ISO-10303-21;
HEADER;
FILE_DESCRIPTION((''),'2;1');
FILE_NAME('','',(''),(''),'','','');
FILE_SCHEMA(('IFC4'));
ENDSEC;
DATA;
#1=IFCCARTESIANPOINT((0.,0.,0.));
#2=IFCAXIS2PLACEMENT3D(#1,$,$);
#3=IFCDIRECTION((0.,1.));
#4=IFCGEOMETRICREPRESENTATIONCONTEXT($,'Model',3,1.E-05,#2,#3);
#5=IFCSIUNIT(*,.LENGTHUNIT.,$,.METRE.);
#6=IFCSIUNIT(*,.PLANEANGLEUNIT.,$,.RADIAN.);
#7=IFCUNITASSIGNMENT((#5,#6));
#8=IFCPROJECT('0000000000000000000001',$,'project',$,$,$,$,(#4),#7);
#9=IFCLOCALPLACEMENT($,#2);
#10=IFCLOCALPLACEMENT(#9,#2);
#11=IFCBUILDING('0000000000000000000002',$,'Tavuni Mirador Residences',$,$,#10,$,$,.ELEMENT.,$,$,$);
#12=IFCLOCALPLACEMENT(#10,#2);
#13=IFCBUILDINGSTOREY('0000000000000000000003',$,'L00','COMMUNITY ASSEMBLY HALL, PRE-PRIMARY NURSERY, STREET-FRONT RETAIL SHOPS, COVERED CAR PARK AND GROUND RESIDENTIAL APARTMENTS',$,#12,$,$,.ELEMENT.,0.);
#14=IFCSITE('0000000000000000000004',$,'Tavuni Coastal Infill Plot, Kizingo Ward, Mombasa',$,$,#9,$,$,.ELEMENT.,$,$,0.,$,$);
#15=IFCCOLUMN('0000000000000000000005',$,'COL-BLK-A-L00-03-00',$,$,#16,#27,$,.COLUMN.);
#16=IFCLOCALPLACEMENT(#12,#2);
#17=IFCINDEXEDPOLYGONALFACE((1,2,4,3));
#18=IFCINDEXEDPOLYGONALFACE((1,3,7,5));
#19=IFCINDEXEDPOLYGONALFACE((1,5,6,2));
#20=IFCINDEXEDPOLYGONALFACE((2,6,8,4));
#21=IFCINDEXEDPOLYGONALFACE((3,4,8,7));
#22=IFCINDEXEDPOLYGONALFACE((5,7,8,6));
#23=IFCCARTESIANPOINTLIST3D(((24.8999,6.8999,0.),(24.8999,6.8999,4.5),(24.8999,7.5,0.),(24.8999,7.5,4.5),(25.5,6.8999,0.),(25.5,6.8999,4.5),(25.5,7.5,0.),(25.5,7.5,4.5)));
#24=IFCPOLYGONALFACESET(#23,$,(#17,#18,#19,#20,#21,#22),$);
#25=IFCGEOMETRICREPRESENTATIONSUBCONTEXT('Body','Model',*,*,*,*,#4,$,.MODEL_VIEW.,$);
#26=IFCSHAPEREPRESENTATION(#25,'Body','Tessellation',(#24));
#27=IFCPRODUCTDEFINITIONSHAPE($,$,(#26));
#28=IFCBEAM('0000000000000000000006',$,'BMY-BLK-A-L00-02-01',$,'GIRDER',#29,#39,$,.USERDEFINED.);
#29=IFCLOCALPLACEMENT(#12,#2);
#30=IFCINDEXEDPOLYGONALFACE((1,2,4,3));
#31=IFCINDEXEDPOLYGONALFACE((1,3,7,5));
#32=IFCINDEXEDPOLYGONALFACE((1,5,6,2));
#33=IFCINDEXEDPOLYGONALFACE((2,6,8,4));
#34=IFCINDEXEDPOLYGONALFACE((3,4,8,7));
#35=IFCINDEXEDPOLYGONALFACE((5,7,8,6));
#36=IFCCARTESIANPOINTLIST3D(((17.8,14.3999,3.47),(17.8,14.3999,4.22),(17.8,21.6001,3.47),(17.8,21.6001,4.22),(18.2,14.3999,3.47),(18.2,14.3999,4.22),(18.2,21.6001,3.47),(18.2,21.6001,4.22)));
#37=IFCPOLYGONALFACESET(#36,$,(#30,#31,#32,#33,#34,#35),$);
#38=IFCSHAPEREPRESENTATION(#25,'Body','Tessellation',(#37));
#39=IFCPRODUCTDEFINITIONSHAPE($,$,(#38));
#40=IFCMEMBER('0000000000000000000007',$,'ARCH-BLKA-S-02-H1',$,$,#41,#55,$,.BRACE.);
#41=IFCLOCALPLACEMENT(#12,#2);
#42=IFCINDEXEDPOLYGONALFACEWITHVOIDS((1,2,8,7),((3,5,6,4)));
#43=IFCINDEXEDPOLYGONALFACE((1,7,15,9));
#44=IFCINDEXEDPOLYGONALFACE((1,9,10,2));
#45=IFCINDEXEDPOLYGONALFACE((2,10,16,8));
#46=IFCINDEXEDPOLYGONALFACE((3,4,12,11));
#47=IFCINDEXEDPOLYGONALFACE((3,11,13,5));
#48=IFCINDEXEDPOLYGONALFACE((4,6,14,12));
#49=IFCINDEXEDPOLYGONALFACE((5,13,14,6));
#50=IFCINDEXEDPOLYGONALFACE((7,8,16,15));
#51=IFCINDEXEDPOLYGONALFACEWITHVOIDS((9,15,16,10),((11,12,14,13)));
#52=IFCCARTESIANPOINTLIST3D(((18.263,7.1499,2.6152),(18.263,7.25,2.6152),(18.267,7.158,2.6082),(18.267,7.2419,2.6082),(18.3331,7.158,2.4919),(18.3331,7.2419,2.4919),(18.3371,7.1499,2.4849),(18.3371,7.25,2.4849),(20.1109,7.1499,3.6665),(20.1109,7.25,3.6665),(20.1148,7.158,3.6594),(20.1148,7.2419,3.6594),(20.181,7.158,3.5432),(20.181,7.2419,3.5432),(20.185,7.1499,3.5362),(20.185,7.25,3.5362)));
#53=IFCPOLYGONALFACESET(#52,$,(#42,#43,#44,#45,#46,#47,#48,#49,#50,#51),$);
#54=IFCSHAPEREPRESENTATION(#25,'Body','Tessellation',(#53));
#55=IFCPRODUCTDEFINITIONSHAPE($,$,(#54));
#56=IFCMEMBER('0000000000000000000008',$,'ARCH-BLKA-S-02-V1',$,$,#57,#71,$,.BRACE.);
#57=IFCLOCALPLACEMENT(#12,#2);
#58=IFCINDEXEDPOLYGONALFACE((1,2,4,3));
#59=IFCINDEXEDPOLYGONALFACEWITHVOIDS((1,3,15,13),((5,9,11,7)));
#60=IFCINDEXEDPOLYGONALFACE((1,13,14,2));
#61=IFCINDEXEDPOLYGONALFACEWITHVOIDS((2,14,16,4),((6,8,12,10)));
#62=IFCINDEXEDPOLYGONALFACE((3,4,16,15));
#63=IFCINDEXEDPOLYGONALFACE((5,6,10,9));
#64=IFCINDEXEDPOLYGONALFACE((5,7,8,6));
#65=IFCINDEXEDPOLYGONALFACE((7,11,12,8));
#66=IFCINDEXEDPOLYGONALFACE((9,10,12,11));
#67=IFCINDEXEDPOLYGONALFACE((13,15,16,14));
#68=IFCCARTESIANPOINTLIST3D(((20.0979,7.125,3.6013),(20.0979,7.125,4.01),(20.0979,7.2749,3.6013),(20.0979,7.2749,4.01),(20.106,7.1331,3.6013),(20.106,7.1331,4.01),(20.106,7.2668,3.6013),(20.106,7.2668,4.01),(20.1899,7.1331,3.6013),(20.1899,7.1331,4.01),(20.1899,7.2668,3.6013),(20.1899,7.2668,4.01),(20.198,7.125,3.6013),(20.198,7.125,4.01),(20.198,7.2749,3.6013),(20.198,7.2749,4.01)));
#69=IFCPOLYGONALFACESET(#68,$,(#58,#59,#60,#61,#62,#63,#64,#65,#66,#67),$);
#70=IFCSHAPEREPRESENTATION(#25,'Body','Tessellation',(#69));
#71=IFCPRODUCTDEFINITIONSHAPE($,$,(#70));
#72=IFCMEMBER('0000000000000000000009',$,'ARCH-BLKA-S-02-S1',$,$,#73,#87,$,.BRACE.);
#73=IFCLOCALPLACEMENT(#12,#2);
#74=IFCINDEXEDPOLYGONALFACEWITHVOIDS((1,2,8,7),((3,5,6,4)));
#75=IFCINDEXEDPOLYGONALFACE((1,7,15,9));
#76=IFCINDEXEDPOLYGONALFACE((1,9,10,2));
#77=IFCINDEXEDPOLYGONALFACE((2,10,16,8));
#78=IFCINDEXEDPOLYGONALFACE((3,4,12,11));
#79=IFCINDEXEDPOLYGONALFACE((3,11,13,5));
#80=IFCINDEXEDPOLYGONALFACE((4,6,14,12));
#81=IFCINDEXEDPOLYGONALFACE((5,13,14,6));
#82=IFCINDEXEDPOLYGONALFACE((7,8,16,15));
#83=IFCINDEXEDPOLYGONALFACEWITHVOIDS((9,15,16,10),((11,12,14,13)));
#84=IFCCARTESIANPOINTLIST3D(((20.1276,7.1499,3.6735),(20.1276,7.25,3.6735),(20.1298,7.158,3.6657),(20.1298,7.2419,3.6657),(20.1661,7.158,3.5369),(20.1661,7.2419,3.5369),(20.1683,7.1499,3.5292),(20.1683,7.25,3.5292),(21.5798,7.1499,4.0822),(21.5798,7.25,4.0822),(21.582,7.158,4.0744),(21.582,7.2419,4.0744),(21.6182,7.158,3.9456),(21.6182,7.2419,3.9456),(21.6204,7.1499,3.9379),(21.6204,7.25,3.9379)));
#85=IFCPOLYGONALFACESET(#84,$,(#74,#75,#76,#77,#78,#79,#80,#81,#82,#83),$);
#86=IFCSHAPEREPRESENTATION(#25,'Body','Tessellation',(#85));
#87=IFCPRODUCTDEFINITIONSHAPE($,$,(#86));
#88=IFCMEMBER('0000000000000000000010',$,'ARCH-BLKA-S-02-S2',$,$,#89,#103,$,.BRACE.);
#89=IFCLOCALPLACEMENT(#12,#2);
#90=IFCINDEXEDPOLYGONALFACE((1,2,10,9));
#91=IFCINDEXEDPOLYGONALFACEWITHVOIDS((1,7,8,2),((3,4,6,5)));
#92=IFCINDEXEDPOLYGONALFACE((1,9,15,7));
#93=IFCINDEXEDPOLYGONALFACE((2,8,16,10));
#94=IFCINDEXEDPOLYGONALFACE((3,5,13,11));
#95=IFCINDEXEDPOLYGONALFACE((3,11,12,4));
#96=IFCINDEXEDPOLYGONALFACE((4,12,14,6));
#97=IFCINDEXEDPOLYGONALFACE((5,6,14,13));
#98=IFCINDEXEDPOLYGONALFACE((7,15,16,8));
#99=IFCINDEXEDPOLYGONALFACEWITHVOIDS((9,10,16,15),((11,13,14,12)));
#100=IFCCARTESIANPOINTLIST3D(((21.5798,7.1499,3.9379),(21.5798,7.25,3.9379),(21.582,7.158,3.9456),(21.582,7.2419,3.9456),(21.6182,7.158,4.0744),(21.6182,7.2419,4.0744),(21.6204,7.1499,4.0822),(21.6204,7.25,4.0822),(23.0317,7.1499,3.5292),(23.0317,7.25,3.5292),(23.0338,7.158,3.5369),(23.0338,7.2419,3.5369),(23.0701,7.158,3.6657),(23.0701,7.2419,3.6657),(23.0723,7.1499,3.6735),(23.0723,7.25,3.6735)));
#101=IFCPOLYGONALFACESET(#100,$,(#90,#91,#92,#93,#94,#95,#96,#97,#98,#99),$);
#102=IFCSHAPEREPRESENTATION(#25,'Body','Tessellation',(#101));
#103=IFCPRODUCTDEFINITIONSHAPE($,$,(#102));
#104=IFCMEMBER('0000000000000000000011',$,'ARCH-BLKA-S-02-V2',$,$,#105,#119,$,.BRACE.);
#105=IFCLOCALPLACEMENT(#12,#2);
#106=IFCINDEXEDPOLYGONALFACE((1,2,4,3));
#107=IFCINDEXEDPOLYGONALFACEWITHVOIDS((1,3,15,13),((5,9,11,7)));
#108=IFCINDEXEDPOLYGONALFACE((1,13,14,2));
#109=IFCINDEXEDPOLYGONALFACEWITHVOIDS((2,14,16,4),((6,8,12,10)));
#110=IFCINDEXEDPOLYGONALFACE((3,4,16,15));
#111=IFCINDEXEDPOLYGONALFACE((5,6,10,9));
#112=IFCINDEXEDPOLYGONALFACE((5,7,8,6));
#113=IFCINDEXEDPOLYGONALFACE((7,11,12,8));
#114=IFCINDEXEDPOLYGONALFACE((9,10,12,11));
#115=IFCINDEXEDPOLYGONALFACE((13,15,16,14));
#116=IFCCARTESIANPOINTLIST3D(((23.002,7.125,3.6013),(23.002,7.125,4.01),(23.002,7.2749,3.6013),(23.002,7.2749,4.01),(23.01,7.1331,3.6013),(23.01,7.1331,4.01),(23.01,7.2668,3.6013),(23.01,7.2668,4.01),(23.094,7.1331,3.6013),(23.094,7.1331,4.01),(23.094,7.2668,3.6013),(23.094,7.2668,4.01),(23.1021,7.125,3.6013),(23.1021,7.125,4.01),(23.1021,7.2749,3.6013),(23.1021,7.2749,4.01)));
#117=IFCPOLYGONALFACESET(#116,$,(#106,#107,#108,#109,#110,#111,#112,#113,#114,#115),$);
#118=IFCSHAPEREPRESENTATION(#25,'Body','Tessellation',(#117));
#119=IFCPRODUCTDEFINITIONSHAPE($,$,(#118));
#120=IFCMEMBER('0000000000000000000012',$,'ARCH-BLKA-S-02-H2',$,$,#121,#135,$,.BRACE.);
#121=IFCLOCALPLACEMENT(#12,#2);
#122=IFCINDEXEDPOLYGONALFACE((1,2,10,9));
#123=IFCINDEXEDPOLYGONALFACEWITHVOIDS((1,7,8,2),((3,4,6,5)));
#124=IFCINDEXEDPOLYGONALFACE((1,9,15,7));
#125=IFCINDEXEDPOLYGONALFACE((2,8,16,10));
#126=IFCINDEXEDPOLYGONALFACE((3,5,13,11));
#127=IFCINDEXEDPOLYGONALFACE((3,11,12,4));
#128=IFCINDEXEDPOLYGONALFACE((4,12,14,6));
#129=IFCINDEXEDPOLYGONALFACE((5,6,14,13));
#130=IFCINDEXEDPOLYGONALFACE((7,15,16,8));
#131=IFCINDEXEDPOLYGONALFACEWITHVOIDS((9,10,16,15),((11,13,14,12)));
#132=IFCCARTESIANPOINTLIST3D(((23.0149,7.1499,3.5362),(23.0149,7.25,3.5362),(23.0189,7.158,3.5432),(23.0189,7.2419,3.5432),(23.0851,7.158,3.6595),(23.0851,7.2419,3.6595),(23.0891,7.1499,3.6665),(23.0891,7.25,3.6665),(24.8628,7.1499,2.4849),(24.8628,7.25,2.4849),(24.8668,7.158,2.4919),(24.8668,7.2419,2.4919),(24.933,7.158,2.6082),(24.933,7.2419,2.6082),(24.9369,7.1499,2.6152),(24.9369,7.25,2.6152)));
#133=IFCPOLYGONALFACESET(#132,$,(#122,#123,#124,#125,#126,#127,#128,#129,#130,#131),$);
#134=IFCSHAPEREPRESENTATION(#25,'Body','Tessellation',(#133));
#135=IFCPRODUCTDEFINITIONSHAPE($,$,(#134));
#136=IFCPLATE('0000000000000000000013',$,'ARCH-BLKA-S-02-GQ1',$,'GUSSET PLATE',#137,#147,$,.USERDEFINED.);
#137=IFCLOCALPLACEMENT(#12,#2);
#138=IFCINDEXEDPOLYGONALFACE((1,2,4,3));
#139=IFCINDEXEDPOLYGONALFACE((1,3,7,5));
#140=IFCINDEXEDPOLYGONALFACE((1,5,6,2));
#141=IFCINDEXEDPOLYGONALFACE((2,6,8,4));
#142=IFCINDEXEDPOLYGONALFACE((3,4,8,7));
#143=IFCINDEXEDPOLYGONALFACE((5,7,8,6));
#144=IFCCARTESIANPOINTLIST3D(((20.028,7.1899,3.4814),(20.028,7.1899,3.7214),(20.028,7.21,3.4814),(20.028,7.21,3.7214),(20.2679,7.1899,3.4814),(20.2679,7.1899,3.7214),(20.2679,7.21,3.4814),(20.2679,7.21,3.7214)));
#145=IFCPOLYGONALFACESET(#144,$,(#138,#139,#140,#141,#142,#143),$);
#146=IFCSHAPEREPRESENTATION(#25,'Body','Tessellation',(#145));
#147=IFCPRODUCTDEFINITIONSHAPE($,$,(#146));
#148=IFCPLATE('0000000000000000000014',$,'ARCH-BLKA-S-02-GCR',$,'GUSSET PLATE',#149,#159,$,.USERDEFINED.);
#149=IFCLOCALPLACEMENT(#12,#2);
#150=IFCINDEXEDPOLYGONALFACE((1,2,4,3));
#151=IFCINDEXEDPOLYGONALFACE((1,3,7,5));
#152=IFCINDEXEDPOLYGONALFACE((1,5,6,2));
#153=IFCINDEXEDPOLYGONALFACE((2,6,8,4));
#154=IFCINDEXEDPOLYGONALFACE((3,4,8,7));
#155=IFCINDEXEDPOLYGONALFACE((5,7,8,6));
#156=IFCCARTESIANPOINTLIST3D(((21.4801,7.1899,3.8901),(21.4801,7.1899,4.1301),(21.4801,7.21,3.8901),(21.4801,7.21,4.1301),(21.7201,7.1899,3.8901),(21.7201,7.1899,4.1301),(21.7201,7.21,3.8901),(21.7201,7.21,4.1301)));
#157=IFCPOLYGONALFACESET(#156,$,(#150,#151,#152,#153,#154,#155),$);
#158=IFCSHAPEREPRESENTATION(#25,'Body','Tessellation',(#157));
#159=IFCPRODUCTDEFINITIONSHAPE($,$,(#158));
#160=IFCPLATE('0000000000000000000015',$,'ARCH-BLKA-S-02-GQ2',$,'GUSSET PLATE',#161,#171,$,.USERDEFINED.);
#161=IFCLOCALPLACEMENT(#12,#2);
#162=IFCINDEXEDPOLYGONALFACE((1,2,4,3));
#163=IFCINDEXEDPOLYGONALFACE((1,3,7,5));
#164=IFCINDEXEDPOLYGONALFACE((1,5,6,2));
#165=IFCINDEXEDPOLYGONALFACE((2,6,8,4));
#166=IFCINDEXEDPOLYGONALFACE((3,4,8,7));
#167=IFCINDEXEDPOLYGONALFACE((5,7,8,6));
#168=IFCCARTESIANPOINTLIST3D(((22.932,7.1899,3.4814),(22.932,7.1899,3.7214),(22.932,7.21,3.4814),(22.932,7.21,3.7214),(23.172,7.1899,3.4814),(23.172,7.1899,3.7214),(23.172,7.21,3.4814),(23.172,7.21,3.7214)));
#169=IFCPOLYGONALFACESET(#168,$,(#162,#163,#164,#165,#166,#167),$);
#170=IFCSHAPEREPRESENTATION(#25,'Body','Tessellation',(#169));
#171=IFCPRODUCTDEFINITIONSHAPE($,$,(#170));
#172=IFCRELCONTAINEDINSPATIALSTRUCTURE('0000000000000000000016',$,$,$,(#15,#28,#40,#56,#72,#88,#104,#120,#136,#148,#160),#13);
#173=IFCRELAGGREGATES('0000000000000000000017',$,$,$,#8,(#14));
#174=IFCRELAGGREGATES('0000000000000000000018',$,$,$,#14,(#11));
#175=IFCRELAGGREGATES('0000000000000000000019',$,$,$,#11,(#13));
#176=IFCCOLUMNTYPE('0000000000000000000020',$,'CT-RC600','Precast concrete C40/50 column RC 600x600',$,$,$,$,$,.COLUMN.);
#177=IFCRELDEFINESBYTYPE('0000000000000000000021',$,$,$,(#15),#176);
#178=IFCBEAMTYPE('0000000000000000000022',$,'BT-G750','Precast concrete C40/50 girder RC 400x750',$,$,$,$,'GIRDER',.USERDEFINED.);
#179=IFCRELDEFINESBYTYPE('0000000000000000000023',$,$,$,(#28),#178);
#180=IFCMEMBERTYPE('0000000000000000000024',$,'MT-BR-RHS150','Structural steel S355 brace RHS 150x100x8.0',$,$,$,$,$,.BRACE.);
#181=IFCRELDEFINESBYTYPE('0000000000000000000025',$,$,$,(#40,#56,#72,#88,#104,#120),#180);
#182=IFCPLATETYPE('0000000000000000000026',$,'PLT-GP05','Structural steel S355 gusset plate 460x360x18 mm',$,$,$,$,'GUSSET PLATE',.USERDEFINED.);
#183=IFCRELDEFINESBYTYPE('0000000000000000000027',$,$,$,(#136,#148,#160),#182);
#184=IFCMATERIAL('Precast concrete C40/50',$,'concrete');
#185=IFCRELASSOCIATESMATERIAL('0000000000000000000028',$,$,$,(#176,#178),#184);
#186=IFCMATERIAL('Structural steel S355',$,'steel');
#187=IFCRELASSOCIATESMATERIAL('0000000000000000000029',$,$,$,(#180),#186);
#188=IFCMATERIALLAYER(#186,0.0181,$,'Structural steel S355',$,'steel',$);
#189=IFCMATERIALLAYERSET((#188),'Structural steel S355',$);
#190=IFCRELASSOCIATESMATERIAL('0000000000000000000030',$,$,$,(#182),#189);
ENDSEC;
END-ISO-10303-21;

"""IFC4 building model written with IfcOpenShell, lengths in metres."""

from ifc_helpers import new_model, si_unit, direction, frame, origin, origin_2d, place, context, subcontext, project, spatial, rectangle, hollow_rectangle, extrude, material, layer, layer_set, material_profile, profile_set, type_object, element, save


model = new_model("IFC4")

# Units and contexts
model_context = context("Model", 3, precision=1e-05, world=origin(), true_north=direction((0.0, 1.0)))
body_context = subcontext(model_context, "Body", "Model", "MODEL_VIEW")
ifc_project = project(units=[si_unit("LENGTHUNIT", "METRE"), si_unit("PLANEANGLEUNIT", "RADIAN")], contexts=[model_context])

# Site, building, storey
site_placement = place(None, origin())
site = spatial("IfcSite", under=ifc_project, at=site_placement, Name="Tavuni Coastal Infill Plot, Kizingo Ward, Mombasa", CompositionType="ELEMENT", RefElevation=0.0)
building_placement = place(site_placement, origin())
building = spatial("IfcBuilding", under=site, at=building_placement, Name="Tavuni Mirador Residences", CompositionType="ELEMENT")
storey_placement = place(building_placement, origin())
storey = spatial("IfcBuildingStorey", under=building, at=storey_placement, Name="L00", Description="COMMUNITY ASSEMBLY HALL, PRE-PRIMARY NURSERY, STREET-FRONT RETAIL SHOPS, COVERED CAR PARK AND GROUND RESIDENTIAL APARTMENTS", CompositionType="ELEMENT", Elevation=0.0)

# Column
ifc_material_1 = material(Name="Precast concrete C40/50", Category="concrete")
ifc_material_profile_1 = material_profile(ifc_material_1, rectangle(XDim=0.6001, YDim=0.6001, at=origin_2d()), Name="RC 600x600", Category="concrete")
ifc_profile_set_1 = profile_set([ifc_material_profile_1], Name="Precast concrete C40/50")
column_type = type_object("IfcColumnType", Name="CT-RC600", Description="Precast concrete C40/50 column RC 600x600", PredefinedType="COLUMN", material=ifc_profile_set_1)
column_placement = place(storey_placement, frame((25.2, 7.2, 0.0), z_axis=(0.0, 0.0, 1.0), x_axis=(1.0, 0.0, 0.0)))
element("IfcColumn", 1, at=column_placement, inside=storey, type_object=column_type, Name="COL-BLK-A-L00-03-00", PredefinedType="COLUMN", context=body_context, shape_type="SweptSolid", body=[
    extrude(rectangle(XDim=0.6001, YDim=0.6001, at=origin_2d()), origin(), (0.0, 0.0, 1.0), 4.5),
])

# Beam
ifc_material_profile_2 = material_profile(ifc_material_1, rectangle(XDim=0.3999, YDim=0.75, at=origin_2d()), Name="RC 400x750", Category="concrete")
ifc_profile_set_2 = profile_set([ifc_material_profile_2], Name="Precast concrete C40/50")
beam_type = type_object("IfcBeamType", Name="BT-G750", Description="Precast concrete C40/50 girder RC 400x750", ElementType="GIRDER", PredefinedType="USERDEFINED", material=ifc_profile_set_2)
beam_placement = place(storey_placement, frame((18.0, 14.3999, 3.845), z_axis=(0.0, 1.0, 0.0), x_axis=(-1.0, 0.0, 0.0)))
element("IfcBeam", 2, at=beam_placement, inside=storey, type_object=beam_type, Name="BMY-BLK-A-L00-02-01", ObjectType="GIRDER", PredefinedType="USERDEFINED", context=body_context, shape_type="SweptSolid", body=[
    extrude(rectangle(XDim=0.3999, YDim=0.75, at=origin_2d()), origin(), (0.0, 0.0, 1.0), 7.2002),
])

# Members
ifc_material_2 = material(Name="Structural steel S355", Category="steel")
ifc_material_profile_3 = material_profile(ifc_material_2, hollow_rectangle(XDim=0.1001, YDim=0.1499, WallThickness=0.0081, at=origin_2d()), Name="RHS 150x100x8.0", Category="steel")
ifc_profile_set_3 = profile_set([ifc_material_profile_3], Name="Structural steel S355")
member_type = type_object("IfcMemberType", Name="MT-BR-RHS150", Description="Structural steel S355 brace RHS 150x100x8.0", PredefinedType="BRACE", material=ifc_profile_set_3)
member_1_placement = place(storey_placement, frame((18.3, 7.2, 2.55), z_axis=(0.869189, 0.0, 0.494481), x_axis=(0.0, 1.0, 0.0)))
element("IfcMember", 3, at=member_1_placement, inside=storey, type_object=member_type, Name="ARCH-BLKA-S-02-H1", PredefinedType="BRACE", context=body_context, shape_type="SweptSolid", body=[
    extrude(hollow_rectangle(XDim=0.1001, YDim=0.1499, WallThickness=0.0081, at=origin_2d()), origin(), (0.0, 0.0, 1.0), 2.126),
])
member_2_placement = place(storey_placement, frame((20.1479, 7.2, 3.6013), z_axis=(0.0, 0.0, 1.0), x_axis=(1.0, 0.0, 0.0)))
element("IfcMember", 4, at=member_2_placement, inside=storey, type_object=member_type, Name="ARCH-BLKA-S-02-V1", PredefinedType="BRACE", context=body_context, shape_type="SweptSolid", body=[
    extrude(hollow_rectangle(XDim=0.1001, YDim=0.1499, WallThickness=0.0081, at=origin_2d()), origin(), (0.0, 0.0, 1.0), 0.4087),
])
member_3_placement = place(storey_placement, frame((20.1479, 7.2, 3.6013), z_axis=(0.962603, 0.0, 0.270914), x_axis=(0.0, 1.0, 0.0)))
element("IfcMember", 5, at=member_3_placement, inside=storey, type_object=member_type, Name="ARCH-BLKA-S-02-S1", PredefinedType="BRACE", context=body_context, shape_type="SweptSolid", body=[
    extrude(hollow_rectangle(XDim=0.1001, YDim=0.1499, WallThickness=0.0081, at=origin_2d()), origin(), (0.0, 0.0, 1.0), 1.5085),
])
member_4_placement = place(storey_placement, frame((21.6001, 7.2, 4.01), z_axis=(0.962592, 0.0, -0.270957), x_axis=(0.0, 1.0, 0.0)))
element("IfcMember", 6, at=member_4_placement, inside=storey, type_object=member_type, Name="ARCH-BLKA-S-02-S2", PredefinedType="BRACE", context=body_context, shape_type="SweptSolid", body=[
    extrude(hollow_rectangle(XDim=0.1001, YDim=0.1499, WallThickness=0.0081, at=origin_2d()), origin(), (0.0, 0.0, 1.0), 1.5083),
])
member_5_placement = place(storey_placement, frame((23.052, 7.2, 3.6013), z_axis=(0.0, 0.0, 1.0), x_axis=(1.0, 0.0, 0.0)))
element("IfcMember", 7, at=member_5_placement, inside=storey, type_object=member_type, Name="ARCH-BLKA-S-02-V2", PredefinedType="BRACE", context=body_context, shape_type="SweptSolid", body=[
    extrude(hollow_rectangle(XDim=0.1001, YDim=0.1499, WallThickness=0.0081, at=origin_2d()), origin(), (0.0, 0.0, 1.0), 0.4087),
])
member_6_placement = place(storey_placement, frame((23.052, 7.2, 3.6013), z_axis=(0.869189, 0.0, -0.494481), x_axis=(0.0, 1.0, 0.0)))
element("IfcMember", 8, at=member_6_placement, inside=storey, type_object=member_type, Name="ARCH-BLKA-S-02-H2", PredefinedType="BRACE", context=body_context, shape_type="SweptSolid", body=[
    extrude(hollow_rectangle(XDim=0.1001, YDim=0.1499, WallThickness=0.0081, at=origin_2d()), origin(), (0.0, 0.0, 1.0), 2.126),
])

# Plates
ifc_layer_1 = layer(ifc_material_2, 0.0181, Name="Structural steel S355", Category="steel")
ifc_layer_set_1 = layer_set([ifc_layer_1], Name="Structural steel S355")
plate_type = type_object("IfcPlateType", Name="PLT-GP05", Description="Structural steel S355 gusset plate 460x360x18 mm", ElementType="GUSSET PLATE", PredefinedType="USERDEFINED", material=ifc_layer_set_1)
for number, where, z_axis, x_axis, name in (
    (9, (20.1479, 7.2, 3.4814), (0.0, 0.0, 1.0), (1.0, 0.0, 0.0), "ARCH-BLKA-S-02-GQ1"),
    (10, (21.6001, 7.2, 3.8901), (0.0, 0.0, 1.0), (1.0, 0.0, 0.0), "ARCH-BLKA-S-02-GCR"),
    (11, (23.052, 7.2, 3.4814), (0.0, 0.0, 1.0), (1.0, 0.0, 0.0), "ARCH-BLKA-S-02-GQ2"),
):
    element("IfcPlate", number, at=place(storey_placement, frame(where, z_axis=z_axis, x_axis=x_axis)), inside=storey, type_object=plate_type, Name=name, ObjectType="GUSSET PLATE", PredefinedType="USERDEFINED", context=body_context, shape_type="SweptSolid", body=[
        extrude(rectangle(XDim=0.24, YDim=0.02, at=origin_2d()), origin(), (0.0, 0.0, 1.0), 0.24),
    ])

save(model, "model.ifc")
